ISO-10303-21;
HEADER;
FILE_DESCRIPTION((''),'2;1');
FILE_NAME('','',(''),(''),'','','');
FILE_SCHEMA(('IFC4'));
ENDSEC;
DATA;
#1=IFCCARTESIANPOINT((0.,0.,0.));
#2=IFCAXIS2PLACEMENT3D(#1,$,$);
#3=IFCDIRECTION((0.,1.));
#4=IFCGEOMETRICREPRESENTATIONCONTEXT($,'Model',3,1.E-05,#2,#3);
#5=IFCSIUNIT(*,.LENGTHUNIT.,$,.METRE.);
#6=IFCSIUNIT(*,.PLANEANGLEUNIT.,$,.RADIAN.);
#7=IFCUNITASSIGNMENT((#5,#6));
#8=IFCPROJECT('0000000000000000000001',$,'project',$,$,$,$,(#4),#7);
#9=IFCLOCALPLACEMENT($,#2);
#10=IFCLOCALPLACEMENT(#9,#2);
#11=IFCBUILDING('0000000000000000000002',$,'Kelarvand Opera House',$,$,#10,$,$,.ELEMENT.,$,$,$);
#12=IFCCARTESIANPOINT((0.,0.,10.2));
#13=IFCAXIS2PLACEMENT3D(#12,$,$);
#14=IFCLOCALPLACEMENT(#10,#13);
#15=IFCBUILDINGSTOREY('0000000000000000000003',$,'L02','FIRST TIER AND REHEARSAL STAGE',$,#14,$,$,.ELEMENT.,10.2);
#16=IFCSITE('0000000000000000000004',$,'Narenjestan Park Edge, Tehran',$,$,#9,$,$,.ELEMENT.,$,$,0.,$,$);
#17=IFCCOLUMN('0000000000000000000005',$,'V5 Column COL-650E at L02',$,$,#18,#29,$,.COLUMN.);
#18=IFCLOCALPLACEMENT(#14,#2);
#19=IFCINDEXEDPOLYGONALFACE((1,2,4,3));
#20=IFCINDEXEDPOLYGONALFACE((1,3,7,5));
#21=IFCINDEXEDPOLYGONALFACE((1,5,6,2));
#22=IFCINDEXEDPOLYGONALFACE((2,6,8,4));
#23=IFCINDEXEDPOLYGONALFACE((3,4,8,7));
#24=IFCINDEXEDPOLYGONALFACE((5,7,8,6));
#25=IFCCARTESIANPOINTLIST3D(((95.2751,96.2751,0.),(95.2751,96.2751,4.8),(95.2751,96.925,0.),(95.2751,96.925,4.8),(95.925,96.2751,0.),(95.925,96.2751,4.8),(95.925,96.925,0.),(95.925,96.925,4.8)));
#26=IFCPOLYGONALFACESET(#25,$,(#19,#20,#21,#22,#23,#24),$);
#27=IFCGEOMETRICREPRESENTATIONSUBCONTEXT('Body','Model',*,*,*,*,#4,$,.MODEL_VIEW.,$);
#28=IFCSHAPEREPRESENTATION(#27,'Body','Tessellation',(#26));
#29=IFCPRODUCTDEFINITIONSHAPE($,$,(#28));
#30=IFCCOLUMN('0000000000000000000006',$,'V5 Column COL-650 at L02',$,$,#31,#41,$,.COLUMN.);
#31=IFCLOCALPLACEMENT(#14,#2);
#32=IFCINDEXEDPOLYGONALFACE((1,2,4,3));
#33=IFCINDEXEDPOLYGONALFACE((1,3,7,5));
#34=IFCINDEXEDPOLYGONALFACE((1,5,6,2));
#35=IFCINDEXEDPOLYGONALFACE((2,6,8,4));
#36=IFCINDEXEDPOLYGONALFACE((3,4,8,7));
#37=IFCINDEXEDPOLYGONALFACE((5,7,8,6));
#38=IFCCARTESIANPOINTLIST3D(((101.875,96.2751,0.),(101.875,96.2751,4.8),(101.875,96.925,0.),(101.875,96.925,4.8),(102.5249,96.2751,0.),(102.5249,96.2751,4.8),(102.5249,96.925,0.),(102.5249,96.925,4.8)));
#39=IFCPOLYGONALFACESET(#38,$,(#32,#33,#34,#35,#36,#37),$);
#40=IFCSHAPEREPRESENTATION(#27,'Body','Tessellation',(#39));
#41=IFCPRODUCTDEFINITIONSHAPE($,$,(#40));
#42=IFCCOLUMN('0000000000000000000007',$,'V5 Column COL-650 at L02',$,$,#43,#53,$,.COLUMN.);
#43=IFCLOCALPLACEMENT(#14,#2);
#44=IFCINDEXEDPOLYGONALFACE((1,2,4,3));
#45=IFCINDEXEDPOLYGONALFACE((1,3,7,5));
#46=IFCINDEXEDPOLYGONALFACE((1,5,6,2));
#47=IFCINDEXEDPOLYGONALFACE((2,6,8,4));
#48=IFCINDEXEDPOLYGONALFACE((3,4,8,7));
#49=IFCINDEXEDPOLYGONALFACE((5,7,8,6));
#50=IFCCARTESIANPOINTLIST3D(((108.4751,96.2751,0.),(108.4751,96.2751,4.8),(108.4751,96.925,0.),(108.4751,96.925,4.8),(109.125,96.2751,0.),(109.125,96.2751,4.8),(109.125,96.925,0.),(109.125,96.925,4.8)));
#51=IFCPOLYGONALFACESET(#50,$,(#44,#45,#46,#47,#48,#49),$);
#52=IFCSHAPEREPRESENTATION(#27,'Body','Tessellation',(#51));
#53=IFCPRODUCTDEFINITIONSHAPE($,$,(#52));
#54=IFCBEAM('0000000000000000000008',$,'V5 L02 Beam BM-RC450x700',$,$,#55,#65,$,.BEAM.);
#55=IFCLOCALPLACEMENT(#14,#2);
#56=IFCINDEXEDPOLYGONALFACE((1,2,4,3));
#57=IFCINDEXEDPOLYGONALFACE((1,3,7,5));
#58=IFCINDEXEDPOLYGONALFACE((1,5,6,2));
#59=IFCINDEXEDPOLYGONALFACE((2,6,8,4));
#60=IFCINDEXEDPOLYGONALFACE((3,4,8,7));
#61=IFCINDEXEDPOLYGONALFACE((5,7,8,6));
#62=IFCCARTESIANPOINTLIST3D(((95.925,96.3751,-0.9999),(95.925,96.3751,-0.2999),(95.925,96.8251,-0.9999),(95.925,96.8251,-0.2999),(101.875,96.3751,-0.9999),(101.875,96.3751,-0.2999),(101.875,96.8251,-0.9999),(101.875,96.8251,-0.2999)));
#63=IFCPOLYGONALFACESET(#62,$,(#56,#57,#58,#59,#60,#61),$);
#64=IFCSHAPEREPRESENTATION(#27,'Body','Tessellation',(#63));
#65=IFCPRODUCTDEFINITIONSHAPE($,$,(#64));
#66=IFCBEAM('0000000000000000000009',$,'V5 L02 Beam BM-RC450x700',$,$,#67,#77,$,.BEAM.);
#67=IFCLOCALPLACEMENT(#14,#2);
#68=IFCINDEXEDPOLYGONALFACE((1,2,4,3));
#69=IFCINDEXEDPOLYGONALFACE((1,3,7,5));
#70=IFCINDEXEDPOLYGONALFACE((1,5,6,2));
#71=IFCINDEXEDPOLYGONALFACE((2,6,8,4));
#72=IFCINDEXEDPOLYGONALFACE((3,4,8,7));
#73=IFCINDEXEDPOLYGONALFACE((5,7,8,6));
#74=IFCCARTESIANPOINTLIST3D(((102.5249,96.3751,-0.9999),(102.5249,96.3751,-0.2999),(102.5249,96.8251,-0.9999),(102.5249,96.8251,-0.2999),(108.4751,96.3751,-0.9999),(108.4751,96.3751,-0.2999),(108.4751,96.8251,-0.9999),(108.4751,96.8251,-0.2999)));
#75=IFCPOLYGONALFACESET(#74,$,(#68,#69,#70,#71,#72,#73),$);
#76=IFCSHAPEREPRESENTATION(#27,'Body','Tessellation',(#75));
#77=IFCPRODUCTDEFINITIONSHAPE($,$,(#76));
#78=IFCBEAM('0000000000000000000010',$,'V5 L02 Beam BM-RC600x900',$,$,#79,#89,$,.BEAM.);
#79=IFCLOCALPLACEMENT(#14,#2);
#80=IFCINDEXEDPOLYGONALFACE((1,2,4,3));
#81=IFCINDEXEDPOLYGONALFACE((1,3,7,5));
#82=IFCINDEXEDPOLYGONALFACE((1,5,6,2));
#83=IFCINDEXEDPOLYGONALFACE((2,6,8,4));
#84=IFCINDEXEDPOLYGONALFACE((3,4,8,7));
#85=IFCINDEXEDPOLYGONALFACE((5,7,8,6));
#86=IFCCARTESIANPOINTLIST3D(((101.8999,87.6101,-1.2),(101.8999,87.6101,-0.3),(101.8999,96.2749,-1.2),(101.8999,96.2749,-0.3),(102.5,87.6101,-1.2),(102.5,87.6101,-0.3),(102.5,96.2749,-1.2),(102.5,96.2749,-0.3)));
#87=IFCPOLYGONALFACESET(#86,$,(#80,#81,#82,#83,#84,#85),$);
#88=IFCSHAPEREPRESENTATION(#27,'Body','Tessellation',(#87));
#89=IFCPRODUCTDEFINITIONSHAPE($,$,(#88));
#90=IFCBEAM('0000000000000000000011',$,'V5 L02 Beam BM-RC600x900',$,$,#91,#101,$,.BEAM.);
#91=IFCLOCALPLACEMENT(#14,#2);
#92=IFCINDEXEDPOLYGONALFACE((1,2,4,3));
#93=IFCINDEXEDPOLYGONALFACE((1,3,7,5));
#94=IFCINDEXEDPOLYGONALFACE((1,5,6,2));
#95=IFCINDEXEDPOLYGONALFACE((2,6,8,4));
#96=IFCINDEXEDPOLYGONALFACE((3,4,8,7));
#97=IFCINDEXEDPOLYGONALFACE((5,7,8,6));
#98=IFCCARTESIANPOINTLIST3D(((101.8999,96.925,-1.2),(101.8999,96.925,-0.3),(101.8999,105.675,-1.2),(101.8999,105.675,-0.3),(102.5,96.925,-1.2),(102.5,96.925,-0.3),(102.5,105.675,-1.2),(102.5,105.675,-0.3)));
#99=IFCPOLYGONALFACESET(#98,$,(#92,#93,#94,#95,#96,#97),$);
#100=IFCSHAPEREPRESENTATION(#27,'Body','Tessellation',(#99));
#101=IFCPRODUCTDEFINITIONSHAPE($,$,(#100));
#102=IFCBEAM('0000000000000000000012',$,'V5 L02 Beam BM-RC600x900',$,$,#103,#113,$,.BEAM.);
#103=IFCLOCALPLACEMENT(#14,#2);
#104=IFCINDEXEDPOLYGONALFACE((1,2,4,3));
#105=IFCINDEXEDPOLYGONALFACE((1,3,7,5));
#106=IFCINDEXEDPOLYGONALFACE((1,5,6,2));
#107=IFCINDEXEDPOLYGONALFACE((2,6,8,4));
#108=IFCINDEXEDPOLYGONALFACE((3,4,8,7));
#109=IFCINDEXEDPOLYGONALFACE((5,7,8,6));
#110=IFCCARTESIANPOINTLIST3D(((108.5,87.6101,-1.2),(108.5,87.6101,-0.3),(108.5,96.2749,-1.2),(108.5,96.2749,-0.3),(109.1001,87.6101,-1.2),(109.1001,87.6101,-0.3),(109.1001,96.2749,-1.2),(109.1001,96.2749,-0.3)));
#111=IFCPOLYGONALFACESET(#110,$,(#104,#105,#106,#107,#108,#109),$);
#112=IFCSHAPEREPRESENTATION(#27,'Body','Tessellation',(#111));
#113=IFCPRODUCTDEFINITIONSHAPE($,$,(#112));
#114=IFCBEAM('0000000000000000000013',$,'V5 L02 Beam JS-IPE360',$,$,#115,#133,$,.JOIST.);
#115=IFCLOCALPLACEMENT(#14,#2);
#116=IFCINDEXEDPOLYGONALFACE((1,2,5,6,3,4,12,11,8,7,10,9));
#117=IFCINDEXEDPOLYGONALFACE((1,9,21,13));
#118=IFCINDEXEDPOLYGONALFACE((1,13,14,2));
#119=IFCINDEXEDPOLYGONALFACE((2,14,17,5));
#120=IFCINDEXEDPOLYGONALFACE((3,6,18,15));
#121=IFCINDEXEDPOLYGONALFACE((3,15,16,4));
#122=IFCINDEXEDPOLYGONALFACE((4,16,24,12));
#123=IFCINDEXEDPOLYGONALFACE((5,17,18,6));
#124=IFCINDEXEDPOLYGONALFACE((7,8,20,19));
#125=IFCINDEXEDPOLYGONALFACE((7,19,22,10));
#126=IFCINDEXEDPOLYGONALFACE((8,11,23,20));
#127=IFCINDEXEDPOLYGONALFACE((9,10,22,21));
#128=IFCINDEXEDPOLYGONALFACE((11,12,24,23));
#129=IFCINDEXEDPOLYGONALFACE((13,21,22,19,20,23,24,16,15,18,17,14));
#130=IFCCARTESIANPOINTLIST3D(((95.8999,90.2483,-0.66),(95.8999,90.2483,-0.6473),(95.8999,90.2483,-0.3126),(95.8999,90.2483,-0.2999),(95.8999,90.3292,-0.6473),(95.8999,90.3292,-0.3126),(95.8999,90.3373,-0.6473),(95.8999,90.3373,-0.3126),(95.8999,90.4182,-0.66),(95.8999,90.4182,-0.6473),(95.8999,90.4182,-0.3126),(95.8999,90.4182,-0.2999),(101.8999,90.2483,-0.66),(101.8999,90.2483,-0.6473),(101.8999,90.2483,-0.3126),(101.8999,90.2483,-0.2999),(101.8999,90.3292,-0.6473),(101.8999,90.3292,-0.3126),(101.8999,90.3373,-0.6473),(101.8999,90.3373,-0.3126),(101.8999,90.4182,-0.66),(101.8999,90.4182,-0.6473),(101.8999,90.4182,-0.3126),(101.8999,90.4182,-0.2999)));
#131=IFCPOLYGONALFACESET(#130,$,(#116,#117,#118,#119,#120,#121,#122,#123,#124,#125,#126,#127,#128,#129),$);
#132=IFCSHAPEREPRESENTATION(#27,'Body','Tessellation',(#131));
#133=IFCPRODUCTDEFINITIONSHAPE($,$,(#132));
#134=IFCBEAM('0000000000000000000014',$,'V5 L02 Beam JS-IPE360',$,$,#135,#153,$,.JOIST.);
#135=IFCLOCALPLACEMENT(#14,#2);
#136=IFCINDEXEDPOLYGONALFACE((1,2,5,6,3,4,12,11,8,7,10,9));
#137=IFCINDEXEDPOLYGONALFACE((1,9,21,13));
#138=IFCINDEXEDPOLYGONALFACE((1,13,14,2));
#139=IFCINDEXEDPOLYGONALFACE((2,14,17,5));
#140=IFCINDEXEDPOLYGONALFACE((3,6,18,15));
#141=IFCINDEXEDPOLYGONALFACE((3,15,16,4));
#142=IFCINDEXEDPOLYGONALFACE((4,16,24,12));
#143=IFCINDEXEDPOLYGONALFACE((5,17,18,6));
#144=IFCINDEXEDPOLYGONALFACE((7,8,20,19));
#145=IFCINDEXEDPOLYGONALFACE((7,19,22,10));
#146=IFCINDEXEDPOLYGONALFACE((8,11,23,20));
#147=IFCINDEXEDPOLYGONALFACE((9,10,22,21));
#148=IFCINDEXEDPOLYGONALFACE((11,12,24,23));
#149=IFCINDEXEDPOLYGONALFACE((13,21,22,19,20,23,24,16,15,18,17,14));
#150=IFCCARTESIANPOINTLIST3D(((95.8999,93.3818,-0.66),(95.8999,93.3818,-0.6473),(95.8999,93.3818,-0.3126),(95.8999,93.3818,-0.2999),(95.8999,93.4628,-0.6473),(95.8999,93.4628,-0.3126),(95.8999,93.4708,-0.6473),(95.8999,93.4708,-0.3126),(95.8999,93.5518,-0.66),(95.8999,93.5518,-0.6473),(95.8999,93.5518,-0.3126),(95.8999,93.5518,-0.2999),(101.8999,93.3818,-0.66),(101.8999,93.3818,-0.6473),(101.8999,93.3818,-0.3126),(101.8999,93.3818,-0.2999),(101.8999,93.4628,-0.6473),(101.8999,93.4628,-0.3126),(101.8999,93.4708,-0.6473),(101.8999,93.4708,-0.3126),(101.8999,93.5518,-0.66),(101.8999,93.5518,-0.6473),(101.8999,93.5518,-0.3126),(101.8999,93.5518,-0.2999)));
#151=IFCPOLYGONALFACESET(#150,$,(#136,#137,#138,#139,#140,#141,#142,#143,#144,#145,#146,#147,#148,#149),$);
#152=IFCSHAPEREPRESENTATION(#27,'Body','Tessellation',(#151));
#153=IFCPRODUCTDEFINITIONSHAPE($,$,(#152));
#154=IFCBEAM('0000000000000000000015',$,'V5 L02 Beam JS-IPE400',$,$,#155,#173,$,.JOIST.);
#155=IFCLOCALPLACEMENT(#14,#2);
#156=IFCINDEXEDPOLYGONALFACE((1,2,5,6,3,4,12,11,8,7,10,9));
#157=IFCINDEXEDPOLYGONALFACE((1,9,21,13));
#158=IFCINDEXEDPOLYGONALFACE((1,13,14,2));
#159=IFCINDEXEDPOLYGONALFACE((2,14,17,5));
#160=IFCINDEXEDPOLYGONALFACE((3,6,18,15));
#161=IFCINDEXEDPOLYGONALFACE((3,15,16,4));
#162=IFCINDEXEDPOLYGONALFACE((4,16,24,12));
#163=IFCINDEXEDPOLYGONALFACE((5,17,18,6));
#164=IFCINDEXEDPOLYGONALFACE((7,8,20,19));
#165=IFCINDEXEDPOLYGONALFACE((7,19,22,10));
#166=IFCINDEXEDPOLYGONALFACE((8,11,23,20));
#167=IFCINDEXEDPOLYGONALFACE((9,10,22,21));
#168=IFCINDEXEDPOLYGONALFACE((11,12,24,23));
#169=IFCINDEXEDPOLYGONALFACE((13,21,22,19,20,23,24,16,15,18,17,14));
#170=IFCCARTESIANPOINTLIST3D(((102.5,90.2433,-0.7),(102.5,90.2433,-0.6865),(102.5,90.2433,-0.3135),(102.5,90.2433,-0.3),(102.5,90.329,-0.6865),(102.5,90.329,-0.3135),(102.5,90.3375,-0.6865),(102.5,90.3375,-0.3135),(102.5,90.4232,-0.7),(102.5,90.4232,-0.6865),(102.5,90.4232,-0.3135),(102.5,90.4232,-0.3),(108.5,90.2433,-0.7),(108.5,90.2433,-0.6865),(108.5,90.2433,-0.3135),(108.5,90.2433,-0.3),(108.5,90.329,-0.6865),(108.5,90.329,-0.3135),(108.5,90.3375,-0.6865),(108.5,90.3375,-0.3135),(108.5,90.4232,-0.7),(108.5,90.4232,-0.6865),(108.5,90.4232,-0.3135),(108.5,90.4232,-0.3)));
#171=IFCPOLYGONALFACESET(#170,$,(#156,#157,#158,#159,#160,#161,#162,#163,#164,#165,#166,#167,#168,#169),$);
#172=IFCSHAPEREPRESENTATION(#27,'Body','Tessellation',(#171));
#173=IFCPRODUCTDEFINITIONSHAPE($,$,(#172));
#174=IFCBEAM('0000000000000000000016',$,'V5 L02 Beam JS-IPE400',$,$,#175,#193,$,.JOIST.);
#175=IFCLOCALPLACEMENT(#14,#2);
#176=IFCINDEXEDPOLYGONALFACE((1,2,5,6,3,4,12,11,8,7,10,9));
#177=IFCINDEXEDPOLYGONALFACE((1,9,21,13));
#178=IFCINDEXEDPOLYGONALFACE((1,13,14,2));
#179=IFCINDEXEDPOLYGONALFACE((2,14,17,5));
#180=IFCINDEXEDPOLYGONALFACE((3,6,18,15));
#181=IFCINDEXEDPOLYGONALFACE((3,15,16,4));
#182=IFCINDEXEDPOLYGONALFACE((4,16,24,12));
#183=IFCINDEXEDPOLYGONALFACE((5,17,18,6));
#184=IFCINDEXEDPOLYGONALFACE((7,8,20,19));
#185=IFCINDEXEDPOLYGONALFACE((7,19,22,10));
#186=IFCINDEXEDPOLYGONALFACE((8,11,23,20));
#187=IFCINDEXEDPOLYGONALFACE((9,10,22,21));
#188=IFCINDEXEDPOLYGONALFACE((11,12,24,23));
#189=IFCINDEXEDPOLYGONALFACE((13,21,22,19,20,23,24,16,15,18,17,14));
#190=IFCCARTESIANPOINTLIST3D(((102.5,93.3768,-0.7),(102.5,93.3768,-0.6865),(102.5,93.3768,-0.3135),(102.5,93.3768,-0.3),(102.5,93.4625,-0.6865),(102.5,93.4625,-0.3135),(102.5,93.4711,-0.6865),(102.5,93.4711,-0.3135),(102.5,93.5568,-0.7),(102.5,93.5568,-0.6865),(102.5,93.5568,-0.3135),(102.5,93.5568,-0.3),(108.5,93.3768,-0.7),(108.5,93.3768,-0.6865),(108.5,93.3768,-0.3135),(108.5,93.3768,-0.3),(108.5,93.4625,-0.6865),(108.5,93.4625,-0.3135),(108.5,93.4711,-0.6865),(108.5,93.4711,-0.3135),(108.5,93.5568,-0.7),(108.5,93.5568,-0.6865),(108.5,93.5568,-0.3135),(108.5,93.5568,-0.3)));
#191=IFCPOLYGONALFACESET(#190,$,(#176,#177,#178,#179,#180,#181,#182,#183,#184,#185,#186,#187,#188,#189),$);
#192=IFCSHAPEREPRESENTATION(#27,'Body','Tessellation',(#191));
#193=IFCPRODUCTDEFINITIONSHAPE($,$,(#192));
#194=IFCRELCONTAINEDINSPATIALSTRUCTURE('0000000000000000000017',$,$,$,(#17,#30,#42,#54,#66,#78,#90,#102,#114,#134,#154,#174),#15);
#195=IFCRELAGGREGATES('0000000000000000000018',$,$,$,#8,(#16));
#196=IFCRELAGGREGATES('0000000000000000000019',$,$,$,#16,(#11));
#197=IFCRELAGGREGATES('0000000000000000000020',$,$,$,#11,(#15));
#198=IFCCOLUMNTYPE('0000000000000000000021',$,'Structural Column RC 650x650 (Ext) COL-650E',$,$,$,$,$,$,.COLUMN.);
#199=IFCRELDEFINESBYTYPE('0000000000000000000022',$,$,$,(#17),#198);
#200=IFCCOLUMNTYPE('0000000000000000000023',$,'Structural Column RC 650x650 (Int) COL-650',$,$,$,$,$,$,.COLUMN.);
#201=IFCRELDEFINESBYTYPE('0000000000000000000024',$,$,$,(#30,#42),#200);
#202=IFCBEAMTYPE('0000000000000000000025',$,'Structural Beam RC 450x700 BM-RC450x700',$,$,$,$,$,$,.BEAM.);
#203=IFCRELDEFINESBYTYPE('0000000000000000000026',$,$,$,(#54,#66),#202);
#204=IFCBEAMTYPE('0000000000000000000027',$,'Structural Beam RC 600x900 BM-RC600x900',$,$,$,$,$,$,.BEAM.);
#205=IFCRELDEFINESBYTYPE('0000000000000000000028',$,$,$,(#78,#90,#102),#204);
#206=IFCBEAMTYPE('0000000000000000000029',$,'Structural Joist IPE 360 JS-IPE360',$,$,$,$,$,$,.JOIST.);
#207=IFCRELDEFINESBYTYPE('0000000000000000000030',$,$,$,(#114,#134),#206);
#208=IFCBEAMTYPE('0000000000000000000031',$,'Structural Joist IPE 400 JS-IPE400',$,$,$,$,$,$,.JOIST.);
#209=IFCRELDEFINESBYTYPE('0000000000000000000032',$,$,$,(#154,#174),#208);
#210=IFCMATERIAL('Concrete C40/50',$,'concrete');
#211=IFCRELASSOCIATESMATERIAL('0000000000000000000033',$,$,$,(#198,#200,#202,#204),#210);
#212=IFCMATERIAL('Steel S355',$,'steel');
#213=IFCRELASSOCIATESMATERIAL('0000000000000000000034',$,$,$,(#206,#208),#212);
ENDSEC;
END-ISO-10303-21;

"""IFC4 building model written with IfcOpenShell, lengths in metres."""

from ifc_helpers import new_model, si_unit, direction, frame, origin, origin_2d, place, context, subcontext, project, spatial, rectangle, i_section, extrude, material, material_profile, profile_set, type_object, element, save


model = new_model("IFC4")

# Units and contexts
model_context = context("Model", 3, precision=1e-05, world=origin(), true_north=direction((0.0, 1.0)))
body_context = subcontext(model_context, "Body", "Model", "MODEL_VIEW")
ifc_project = project(units=[si_unit("LENGTHUNIT", "METRE"), si_unit("PLANEANGLEUNIT", "RADIAN")], contexts=[model_context])

# Site, building, storey
site_placement = place(None, origin())
site = spatial("IfcSite", under=ifc_project, at=site_placement, Name="Narenjestan Park Edge, Tehran", CompositionType="ELEMENT", RefElevation=0.0)
building_placement = place(site_placement, origin())
building = spatial("IfcBuilding", under=site, at=building_placement, Name="Kelarvand Opera House", CompositionType="ELEMENT")
storey_placement = place(building_placement, frame((0.0, 0.0, 10.2)))
storey = spatial("IfcBuildingStorey", under=building, at=storey_placement, Name="L02", Description="FIRST TIER AND REHEARSAL STAGE", CompositionType="ELEMENT", Elevation=10.2)

# Columns
ifc_material_1 = material(Name="Concrete C40/50", Category="concrete")
ifc_material_profile_1 = material_profile(ifc_material_1, rectangle(XDim=0.6499, YDim=0.6499, at=origin_2d()), Name="RC 650x650", Category="concrete")
ifc_profile_set_1 = profile_set([ifc_material_profile_1], Name="Concrete C40/50")
column_type_1 = type_object("IfcColumnType", Name="Structural Column RC 650x650 (Ext) COL-650E", PredefinedType="COLUMN", material=ifc_profile_set_1)
column_placement = place(storey_placement, frame((95.6001, 96.6001, 0.0), z_axis=(0.0, 0.0, 1.0), x_axis=(1.0, 0.0, 0.0)))
element("IfcColumn", 1, at=column_placement, inside=storey, type_object=column_type_1, Name="V5 Column COL-650E at L02", PredefinedType="COLUMN", context=body_context, shape_type="SweptSolid", body=[
    extrude(rectangle(XDim=0.6499, YDim=0.6499, at=origin_2d()), origin(), (0.0, 0.0, 1.0), 4.8),
])
ifc_material_profile_2 = material_profile(ifc_material_1, rectangle(XDim=0.6499, YDim=0.6499, at=origin_2d()), Name="RC 650x650", Category="concrete")
ifc_profile_set_2 = profile_set([ifc_material_profile_2], Name="Concrete C40/50")
column_type_2 = type_object("IfcColumnType", Name="Structural Column RC 650x650 (Int) COL-650", PredefinedType="COLUMN", material=ifc_profile_set_2)
for number, where, z_axis, x_axis, name in (
    (2, (102.2, 96.6001, 0.0), (0.0, 0.0, 1.0), (1.0, 0.0, 0.0), "V5 Column COL-650 at L02"),
    (3, (108.8, 96.6001, 0.0), (0.0, 0.0, 1.0), (1.0, 0.0, 0.0), "V5 Column COL-650 at L02"),
):
    element("IfcColumn", number, at=place(storey_placement, frame(where, z_axis=z_axis, x_axis=x_axis)), inside=storey, type_object=column_type_2, Name=name, PredefinedType="COLUMN", context=body_context, shape_type="SweptSolid", body=[
        extrude(rectangle(XDim=0.6499, YDim=0.6499, at=origin_2d()), origin(), (0.0, 0.0, 1.0), 4.8),
    ])

# Beams
ifc_material_profile_3 = material_profile(ifc_material_1, rectangle(XDim=0.45, YDim=0.7, at=origin_2d()), Name="RC 450x700", Category="concrete")
ifc_profile_set_3 = profile_set([ifc_material_profile_3], Name="Concrete C40/50")
beam_type_1 = type_object("IfcBeamType", Name="Structural Beam RC 450x700 BM-RC450x700", PredefinedType="BEAM", material=ifc_profile_set_3)
beam_1_placement = place(storey_placement, frame((95.925, 96.6001, -0.6499), z_axis=(1.0, 0.0, 0.0), x_axis=(0.0, 1.0, 0.0)))
element("IfcBeam", 4, at=beam_1_placement, inside=storey, type_object=beam_type_1, Name="V5 L02 Beam BM-RC450x700", PredefinedType="BEAM", context=body_context, shape_type="SweptSolid", body=[
    extrude(rectangle(XDim=0.45, YDim=0.7, at=origin_2d()), origin(), (0.0, 0.0, 1.0), 5.95),
])
beam_2_placement = place(storey_placement, frame((102.5249, 96.6001, -0.6499), z_axis=(1.0, 0.0, 0.0), x_axis=(0.0, 1.0, 0.0)))
element("IfcBeam", 5, at=beam_2_placement, inside=storey, type_object=beam_type_1, Name="V5 L02 Beam BM-RC450x700", PredefinedType="BEAM", context=body_context, shape_type="SweptSolid", body=[
    extrude(rectangle(XDim=0.45, YDim=0.7, at=origin_2d()), origin(), (0.0, 0.0, 1.0), 5.9502),
])
ifc_material_profile_4 = material_profile(ifc_material_1, rectangle(XDim=0.6001, YDim=0.8999, at=origin_2d()), Name="RC 600x900", Category="concrete")
ifc_profile_set_4 = profile_set([ifc_material_profile_4], Name="Concrete C40/50")
beam_type_2 = type_object("IfcBeamType", Name="Structural Beam RC 600x900 BM-RC600x900", PredefinedType="BEAM", material=ifc_profile_set_4)
beam_3_placement = place(storey_placement, frame((102.2, 87.6101, -0.75), z_axis=(0.0, 1.0, 0.0), x_axis=(-1.0, 0.0, 0.0)))
element("IfcBeam", 6, at=beam_3_placement, inside=storey, type_object=beam_type_2, Name="V5 L02 Beam BM-RC600x900", PredefinedType="BEAM", context=body_context, shape_type="SweptSolid", body=[
    extrude(rectangle(XDim=0.6001, YDim=0.8999, at=origin_2d()), origin(), (0.0, 0.0, 1.0), 8.6648),
])
beam_4_placement = place(storey_placement, frame((102.2, 96.925, -0.75), z_axis=(0.0, 1.0, 0.0), x_axis=(-1.0, 0.0, 0.0)))
element("IfcBeam", 7, at=beam_4_placement, inside=storey, type_object=beam_type_2, Name="V5 L02 Beam BM-RC600x900", PredefinedType="BEAM", context=body_context, shape_type="SweptSolid", body=[
    extrude(rectangle(XDim=0.6001, YDim=0.8999, at=origin_2d()), origin(), (0.0, 0.0, 1.0), 8.75),
])
beam_5_placement = place(storey_placement, frame((108.8, 87.6101, -0.75), z_axis=(0.0, 1.0, 0.0), x_axis=(-1.0, 0.0, 0.0)))
element("IfcBeam", 8, at=beam_5_placement, inside=storey, type_object=beam_type_2, Name="V5 L02 Beam BM-RC600x900", PredefinedType="BEAM", context=body_context, shape_type="SweptSolid", body=[
    extrude(rectangle(XDim=0.6001, YDim=0.8999, at=origin_2d()), origin(), (0.0, 0.0, 1.0), 8.6648),
])
ifc_material_2 = material(Name="Steel S355", Category="steel")
ifc_material_profile_5 = material_profile(ifc_material_2, i_section(OverallWidth=0.1699, OverallDepth=0.3601, WebThickness=0.0081, FlangeThickness=0.0127, at=origin_2d()), Name="IPE 360", Category="steel")
ifc_profile_set_5 = profile_set([ifc_material_profile_5], Name="Steel S355")
beam_type_3 = type_object("IfcBeamType", Name="Structural Joist IPE 360 JS-IPE360", PredefinedType="JOIST", material=ifc_profile_set_5)
for number, where, z_axis, x_axis, name in (
    (9, (95.8999, 90.3333, -0.48), (1.0, 0.0, 0.0), (0.0, 1.0, 0.0), "V5 L02 Beam JS-IPE360"),
    (10, (95.8999, 93.4668, -0.48), (1.0, 0.0, 0.0), (0.0, 1.0, 0.0), "V5 L02 Beam JS-IPE360"),
):
    element("IfcBeam", number, at=place(storey_placement, frame(where, z_axis=z_axis, x_axis=x_axis)), inside=storey, type_object=beam_type_3, Name=name, PredefinedType="JOIST", context=body_context, shape_type="SweptSolid", body=[
        extrude(i_section(OverallWidth=0.1699, OverallDepth=0.3601, WebThickness=0.0081, FlangeThickness=0.0127, at=origin_2d()), origin(), (0.0, 0.0, 1.0), 6.0),
    ])
ifc_material_profile_6 = material_profile(ifc_material_2, i_section(OverallWidth=0.1799, OverallDepth=0.3999, WebThickness=0.0085, FlangeThickness=0.0134, at=origin_2d()), Name="IPE 400", Category="steel")
ifc_profile_set_6 = profile_set([ifc_material_profile_6], Name="Steel S355")
beam_type_4 = type_object("IfcBeamType", Name="Structural Joist IPE 400 JS-IPE400", PredefinedType="JOIST", material=ifc_profile_set_6)
for number, where, z_axis, x_axis, name in (
    (11, (102.5, 90.3333, -0.5), (1.0, 0.0, 0.0), (0.0, 1.0, 0.0), "V5 L02 Beam JS-IPE400"),
    (12, (102.5, 93.4668, -0.5), (1.0, 0.0, 0.0), (0.0, 1.0, 0.0), "V5 L02 Beam JS-IPE400"),
):
    element("IfcBeam", number, at=place(storey_placement, frame(where, z_axis=z_axis, x_axis=x_axis)), inside=storey, type_object=beam_type_4, Name=name, PredefinedType="JOIST", context=body_context, shape_type="SweptSolid", body=[
        extrude(i_section(OverallWidth=0.1799, OverallDepth=0.3999, WebThickness=0.0085, FlangeThickness=0.0134, at=origin_2d()), origin(), (0.0, 0.0, 1.0), 6.0),
    ])

save(model, "model.ifc")
